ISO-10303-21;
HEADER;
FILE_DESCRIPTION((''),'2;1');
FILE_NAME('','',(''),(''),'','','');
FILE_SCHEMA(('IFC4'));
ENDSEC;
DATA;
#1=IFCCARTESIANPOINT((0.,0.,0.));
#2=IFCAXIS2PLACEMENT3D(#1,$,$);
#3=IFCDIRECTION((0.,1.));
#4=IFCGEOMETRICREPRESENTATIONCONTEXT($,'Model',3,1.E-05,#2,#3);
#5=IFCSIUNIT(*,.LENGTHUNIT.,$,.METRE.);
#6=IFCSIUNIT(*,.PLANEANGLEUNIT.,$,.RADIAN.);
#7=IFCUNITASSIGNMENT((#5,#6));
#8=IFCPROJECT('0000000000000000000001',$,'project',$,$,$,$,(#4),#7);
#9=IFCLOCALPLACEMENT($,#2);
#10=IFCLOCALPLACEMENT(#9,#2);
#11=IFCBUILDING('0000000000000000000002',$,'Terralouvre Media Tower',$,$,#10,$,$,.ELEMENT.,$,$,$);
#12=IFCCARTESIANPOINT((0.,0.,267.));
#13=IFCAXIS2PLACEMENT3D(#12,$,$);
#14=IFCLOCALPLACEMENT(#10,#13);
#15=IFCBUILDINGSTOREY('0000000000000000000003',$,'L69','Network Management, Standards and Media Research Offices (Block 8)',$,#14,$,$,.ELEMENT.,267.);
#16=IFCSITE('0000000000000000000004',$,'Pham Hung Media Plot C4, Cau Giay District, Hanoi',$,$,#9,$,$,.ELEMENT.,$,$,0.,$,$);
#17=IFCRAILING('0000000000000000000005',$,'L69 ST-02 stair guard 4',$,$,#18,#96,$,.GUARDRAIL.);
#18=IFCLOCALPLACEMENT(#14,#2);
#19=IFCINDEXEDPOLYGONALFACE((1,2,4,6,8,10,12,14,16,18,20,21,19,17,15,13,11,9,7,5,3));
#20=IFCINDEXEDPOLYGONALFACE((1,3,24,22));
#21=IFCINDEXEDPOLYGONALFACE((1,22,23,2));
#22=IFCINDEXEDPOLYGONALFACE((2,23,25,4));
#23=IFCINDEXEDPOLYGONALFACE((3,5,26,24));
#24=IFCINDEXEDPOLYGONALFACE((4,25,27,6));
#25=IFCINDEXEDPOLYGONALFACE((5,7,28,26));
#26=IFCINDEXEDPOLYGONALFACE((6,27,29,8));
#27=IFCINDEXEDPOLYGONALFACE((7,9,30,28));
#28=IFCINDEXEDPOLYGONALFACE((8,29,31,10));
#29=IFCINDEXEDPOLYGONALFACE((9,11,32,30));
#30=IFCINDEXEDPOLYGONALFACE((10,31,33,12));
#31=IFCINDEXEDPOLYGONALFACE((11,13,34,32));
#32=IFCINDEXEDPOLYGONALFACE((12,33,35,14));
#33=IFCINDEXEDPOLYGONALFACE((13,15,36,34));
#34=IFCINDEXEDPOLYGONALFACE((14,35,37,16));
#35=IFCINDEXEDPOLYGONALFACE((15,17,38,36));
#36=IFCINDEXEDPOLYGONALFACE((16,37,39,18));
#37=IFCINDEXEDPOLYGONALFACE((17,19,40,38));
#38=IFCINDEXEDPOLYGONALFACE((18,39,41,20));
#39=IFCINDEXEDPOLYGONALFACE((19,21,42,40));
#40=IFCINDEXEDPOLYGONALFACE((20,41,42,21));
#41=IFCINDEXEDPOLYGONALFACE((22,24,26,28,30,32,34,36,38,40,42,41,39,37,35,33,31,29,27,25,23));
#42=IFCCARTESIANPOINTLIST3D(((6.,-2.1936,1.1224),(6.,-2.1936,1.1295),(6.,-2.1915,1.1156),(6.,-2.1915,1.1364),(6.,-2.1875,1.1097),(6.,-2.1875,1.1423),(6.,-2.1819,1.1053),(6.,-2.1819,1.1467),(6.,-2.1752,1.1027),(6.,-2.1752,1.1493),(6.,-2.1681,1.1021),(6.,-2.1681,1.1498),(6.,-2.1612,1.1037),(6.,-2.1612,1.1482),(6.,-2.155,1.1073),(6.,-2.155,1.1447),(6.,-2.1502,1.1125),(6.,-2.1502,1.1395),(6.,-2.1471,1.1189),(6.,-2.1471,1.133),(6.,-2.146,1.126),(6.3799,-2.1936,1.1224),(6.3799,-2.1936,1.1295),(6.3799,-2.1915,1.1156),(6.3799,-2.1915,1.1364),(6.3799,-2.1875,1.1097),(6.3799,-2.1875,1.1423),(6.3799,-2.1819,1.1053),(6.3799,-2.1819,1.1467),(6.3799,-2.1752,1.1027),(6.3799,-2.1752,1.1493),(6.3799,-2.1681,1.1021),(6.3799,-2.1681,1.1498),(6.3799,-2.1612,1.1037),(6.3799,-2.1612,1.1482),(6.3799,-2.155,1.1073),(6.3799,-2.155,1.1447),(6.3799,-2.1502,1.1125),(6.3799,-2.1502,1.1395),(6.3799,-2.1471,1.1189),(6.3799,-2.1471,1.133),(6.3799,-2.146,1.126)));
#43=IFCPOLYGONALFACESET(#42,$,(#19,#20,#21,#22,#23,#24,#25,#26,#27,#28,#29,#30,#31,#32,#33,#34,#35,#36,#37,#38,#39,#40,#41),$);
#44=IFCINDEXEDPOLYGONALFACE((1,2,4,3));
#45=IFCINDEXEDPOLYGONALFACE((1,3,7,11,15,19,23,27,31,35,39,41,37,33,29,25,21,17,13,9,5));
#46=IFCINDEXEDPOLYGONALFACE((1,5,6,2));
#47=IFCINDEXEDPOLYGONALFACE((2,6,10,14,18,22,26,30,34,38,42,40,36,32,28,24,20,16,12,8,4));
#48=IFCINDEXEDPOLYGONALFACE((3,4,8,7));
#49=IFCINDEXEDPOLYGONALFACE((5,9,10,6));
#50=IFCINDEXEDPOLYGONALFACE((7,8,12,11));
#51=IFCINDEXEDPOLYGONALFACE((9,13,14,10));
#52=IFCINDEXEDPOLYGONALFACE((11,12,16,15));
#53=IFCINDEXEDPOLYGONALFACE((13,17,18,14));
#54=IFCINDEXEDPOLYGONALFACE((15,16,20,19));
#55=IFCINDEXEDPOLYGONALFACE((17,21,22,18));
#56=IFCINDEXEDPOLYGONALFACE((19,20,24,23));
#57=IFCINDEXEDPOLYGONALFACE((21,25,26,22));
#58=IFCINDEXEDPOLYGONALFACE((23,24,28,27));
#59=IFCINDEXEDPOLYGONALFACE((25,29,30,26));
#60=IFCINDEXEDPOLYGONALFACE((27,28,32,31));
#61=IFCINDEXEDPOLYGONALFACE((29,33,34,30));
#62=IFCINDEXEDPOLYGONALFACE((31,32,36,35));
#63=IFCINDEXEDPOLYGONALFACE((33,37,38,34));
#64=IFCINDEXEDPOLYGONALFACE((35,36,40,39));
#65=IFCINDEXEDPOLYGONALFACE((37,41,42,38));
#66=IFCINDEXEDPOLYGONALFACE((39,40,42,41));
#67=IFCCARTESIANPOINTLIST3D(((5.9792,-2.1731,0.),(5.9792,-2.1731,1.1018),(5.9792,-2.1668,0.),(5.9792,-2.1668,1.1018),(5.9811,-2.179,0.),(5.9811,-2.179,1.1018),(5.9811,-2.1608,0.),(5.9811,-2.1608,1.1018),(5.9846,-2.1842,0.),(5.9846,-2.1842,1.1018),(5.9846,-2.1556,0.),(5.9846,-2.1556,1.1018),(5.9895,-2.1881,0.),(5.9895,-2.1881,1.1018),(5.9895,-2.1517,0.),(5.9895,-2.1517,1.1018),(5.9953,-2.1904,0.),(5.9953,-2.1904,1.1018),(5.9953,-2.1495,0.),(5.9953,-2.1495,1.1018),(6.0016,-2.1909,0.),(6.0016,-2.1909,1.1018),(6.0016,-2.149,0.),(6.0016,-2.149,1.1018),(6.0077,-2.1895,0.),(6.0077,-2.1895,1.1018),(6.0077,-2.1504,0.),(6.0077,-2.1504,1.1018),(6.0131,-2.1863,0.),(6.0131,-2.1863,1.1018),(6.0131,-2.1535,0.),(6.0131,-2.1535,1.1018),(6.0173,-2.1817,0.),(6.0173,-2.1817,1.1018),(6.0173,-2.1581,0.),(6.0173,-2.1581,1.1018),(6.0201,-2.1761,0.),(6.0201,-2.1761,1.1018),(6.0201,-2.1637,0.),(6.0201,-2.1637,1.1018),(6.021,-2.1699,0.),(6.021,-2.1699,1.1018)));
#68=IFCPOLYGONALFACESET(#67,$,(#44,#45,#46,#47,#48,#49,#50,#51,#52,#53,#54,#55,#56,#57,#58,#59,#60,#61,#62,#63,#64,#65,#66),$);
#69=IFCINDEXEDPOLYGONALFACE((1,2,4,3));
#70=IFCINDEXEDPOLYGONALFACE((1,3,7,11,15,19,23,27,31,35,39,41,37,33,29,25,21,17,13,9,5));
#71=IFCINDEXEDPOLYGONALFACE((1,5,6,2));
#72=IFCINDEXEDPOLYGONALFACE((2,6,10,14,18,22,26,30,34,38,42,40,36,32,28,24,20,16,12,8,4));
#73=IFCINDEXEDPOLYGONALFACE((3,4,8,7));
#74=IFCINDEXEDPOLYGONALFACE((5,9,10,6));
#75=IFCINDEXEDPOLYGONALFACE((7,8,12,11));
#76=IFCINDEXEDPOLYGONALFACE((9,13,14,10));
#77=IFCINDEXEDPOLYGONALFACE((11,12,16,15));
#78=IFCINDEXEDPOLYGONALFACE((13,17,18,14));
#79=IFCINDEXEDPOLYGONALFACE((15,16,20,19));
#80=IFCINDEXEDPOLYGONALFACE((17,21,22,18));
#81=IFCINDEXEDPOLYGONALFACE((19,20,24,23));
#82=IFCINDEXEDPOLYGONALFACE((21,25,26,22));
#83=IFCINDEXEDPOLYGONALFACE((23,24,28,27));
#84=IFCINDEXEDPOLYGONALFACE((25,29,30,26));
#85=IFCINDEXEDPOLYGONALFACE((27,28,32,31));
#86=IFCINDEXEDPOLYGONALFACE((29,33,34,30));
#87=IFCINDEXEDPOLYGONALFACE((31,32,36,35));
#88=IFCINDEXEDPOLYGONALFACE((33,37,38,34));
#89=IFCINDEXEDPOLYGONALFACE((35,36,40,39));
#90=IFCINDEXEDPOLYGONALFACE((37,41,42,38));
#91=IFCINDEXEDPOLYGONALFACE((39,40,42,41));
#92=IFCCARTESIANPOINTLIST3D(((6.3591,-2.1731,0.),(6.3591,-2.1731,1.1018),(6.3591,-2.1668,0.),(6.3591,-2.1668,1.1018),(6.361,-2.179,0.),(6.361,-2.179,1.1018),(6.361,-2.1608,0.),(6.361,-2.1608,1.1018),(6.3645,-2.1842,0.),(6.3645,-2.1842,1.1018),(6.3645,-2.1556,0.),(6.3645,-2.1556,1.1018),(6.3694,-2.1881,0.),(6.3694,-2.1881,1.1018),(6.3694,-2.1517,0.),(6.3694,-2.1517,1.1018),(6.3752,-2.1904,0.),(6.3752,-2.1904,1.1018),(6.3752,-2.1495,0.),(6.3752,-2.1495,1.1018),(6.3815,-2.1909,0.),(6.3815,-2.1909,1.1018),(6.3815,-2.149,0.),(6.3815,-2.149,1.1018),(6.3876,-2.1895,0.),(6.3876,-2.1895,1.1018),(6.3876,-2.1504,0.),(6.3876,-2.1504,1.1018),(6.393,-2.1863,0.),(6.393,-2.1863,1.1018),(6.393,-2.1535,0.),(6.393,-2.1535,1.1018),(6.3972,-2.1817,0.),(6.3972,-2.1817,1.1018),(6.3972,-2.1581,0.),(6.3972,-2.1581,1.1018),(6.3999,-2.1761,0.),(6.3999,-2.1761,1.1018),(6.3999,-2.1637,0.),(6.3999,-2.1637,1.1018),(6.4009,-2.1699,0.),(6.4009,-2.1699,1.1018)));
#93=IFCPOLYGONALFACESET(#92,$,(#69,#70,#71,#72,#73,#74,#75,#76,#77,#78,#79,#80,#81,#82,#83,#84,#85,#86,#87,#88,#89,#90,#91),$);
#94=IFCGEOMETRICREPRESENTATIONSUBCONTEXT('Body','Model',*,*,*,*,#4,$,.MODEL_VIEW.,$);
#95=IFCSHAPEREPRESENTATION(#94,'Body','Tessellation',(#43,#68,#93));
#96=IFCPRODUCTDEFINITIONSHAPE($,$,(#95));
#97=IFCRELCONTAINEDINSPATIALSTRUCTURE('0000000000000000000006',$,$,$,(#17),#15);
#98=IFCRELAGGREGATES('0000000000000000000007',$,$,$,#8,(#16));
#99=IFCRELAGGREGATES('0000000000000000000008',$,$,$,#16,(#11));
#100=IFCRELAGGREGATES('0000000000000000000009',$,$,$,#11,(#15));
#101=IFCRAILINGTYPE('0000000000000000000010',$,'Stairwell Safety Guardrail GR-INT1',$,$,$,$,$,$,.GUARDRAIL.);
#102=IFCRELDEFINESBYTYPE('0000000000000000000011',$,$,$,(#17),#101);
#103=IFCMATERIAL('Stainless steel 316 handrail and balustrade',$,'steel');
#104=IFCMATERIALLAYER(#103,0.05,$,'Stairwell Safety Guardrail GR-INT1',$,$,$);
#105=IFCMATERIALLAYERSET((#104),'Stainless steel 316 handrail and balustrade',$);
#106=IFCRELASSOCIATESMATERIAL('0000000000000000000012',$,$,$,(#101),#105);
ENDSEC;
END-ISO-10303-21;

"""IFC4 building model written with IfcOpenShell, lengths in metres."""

from ifc_helpers import new_model, si_unit, direction, frame, origin, origin_2d, place, context, subcontext, project, spatial, circle, extrude, material, layer, layer_set, type_object, element, save


model = new_model("IFC4")

# Units and contexts
model_context = context("Model", 3, precision=1e-05, world=origin(), true_north=direction((0.0, 1.0)))
body_context = subcontext(model_context, "Body", "Model", "MODEL_VIEW")
ifc_project = project(units=[si_unit("LENGTHUNIT", "METRE"), si_unit("PLANEANGLEUNIT", "RADIAN")], contexts=[model_context])

# Site, building, storey
site_placement = place(None, origin())
site = spatial("IfcSite", under=ifc_project, at=site_placement, Name="Pham Hung Media Plot C4, Cau Giay District, Hanoi", CompositionType="ELEMENT", RefElevation=0.0)
building_placement = place(site_placement, origin())
building = spatial("IfcBuilding", under=site, at=building_placement, Name="Terralouvre Media Tower", CompositionType="ELEMENT")
storey_placement = place(building_placement, frame((0.0, 0.0, 267.0)))
storey = spatial("IfcBuildingStorey", under=building, at=storey_placement, Name="L69", Description="Network Management, Standards and Media Research Offices (Block 8)", CompositionType="ELEMENT", Elevation=267.0)

# Railing
ifc_material_1 = material(Name="Stainless steel 316 handrail and balustrade", Category="steel")
ifc_layer_1 = layer(ifc_material_1, 0.05, Name="Stairwell Safety Guardrail GR-INT1")
ifc_layer_set_1 = layer_set([ifc_layer_1], Name="Stainless steel 316 handrail and balustrade")
railing_type_1 = type_object("IfcRailingType", Name="Stairwell Safety Guardrail GR-INT1", PredefinedType="GUARDRAIL", material=ifc_layer_set_1)
railing_1_placement = place(storey_placement, frame((6.0, -2.1699, 0.0)))
element("IfcRailing", 1, at=railing_1_placement, inside=storey, type_object=railing_type_1, Name="L69 ST-02 stair guard 4", PredefinedType="GUARDRAIL", context=body_context, shape_type="SweptSolid", body=[
    extrude(circle(Radius=0.0239, at=origin_2d()), frame((0.0, 0.0, 1.126), z_axis=(1.0, 0.0, 0.0), x_axis=(0.0, 1.0, 0.0)), (0.0, 0.0, 1.0), 0.3799),
    extrude(circle(Radius=0.021, at=origin_2d()), origin(), (0.0, 0.0, 1.0), 1.1018),
    extrude(circle(Radius=0.021, at=origin_2d()), frame((0.3799, 0.0, 0.0)), (0.0, 0.0, 1.0), 1.1018),
])

save(model, "model.ifc")
